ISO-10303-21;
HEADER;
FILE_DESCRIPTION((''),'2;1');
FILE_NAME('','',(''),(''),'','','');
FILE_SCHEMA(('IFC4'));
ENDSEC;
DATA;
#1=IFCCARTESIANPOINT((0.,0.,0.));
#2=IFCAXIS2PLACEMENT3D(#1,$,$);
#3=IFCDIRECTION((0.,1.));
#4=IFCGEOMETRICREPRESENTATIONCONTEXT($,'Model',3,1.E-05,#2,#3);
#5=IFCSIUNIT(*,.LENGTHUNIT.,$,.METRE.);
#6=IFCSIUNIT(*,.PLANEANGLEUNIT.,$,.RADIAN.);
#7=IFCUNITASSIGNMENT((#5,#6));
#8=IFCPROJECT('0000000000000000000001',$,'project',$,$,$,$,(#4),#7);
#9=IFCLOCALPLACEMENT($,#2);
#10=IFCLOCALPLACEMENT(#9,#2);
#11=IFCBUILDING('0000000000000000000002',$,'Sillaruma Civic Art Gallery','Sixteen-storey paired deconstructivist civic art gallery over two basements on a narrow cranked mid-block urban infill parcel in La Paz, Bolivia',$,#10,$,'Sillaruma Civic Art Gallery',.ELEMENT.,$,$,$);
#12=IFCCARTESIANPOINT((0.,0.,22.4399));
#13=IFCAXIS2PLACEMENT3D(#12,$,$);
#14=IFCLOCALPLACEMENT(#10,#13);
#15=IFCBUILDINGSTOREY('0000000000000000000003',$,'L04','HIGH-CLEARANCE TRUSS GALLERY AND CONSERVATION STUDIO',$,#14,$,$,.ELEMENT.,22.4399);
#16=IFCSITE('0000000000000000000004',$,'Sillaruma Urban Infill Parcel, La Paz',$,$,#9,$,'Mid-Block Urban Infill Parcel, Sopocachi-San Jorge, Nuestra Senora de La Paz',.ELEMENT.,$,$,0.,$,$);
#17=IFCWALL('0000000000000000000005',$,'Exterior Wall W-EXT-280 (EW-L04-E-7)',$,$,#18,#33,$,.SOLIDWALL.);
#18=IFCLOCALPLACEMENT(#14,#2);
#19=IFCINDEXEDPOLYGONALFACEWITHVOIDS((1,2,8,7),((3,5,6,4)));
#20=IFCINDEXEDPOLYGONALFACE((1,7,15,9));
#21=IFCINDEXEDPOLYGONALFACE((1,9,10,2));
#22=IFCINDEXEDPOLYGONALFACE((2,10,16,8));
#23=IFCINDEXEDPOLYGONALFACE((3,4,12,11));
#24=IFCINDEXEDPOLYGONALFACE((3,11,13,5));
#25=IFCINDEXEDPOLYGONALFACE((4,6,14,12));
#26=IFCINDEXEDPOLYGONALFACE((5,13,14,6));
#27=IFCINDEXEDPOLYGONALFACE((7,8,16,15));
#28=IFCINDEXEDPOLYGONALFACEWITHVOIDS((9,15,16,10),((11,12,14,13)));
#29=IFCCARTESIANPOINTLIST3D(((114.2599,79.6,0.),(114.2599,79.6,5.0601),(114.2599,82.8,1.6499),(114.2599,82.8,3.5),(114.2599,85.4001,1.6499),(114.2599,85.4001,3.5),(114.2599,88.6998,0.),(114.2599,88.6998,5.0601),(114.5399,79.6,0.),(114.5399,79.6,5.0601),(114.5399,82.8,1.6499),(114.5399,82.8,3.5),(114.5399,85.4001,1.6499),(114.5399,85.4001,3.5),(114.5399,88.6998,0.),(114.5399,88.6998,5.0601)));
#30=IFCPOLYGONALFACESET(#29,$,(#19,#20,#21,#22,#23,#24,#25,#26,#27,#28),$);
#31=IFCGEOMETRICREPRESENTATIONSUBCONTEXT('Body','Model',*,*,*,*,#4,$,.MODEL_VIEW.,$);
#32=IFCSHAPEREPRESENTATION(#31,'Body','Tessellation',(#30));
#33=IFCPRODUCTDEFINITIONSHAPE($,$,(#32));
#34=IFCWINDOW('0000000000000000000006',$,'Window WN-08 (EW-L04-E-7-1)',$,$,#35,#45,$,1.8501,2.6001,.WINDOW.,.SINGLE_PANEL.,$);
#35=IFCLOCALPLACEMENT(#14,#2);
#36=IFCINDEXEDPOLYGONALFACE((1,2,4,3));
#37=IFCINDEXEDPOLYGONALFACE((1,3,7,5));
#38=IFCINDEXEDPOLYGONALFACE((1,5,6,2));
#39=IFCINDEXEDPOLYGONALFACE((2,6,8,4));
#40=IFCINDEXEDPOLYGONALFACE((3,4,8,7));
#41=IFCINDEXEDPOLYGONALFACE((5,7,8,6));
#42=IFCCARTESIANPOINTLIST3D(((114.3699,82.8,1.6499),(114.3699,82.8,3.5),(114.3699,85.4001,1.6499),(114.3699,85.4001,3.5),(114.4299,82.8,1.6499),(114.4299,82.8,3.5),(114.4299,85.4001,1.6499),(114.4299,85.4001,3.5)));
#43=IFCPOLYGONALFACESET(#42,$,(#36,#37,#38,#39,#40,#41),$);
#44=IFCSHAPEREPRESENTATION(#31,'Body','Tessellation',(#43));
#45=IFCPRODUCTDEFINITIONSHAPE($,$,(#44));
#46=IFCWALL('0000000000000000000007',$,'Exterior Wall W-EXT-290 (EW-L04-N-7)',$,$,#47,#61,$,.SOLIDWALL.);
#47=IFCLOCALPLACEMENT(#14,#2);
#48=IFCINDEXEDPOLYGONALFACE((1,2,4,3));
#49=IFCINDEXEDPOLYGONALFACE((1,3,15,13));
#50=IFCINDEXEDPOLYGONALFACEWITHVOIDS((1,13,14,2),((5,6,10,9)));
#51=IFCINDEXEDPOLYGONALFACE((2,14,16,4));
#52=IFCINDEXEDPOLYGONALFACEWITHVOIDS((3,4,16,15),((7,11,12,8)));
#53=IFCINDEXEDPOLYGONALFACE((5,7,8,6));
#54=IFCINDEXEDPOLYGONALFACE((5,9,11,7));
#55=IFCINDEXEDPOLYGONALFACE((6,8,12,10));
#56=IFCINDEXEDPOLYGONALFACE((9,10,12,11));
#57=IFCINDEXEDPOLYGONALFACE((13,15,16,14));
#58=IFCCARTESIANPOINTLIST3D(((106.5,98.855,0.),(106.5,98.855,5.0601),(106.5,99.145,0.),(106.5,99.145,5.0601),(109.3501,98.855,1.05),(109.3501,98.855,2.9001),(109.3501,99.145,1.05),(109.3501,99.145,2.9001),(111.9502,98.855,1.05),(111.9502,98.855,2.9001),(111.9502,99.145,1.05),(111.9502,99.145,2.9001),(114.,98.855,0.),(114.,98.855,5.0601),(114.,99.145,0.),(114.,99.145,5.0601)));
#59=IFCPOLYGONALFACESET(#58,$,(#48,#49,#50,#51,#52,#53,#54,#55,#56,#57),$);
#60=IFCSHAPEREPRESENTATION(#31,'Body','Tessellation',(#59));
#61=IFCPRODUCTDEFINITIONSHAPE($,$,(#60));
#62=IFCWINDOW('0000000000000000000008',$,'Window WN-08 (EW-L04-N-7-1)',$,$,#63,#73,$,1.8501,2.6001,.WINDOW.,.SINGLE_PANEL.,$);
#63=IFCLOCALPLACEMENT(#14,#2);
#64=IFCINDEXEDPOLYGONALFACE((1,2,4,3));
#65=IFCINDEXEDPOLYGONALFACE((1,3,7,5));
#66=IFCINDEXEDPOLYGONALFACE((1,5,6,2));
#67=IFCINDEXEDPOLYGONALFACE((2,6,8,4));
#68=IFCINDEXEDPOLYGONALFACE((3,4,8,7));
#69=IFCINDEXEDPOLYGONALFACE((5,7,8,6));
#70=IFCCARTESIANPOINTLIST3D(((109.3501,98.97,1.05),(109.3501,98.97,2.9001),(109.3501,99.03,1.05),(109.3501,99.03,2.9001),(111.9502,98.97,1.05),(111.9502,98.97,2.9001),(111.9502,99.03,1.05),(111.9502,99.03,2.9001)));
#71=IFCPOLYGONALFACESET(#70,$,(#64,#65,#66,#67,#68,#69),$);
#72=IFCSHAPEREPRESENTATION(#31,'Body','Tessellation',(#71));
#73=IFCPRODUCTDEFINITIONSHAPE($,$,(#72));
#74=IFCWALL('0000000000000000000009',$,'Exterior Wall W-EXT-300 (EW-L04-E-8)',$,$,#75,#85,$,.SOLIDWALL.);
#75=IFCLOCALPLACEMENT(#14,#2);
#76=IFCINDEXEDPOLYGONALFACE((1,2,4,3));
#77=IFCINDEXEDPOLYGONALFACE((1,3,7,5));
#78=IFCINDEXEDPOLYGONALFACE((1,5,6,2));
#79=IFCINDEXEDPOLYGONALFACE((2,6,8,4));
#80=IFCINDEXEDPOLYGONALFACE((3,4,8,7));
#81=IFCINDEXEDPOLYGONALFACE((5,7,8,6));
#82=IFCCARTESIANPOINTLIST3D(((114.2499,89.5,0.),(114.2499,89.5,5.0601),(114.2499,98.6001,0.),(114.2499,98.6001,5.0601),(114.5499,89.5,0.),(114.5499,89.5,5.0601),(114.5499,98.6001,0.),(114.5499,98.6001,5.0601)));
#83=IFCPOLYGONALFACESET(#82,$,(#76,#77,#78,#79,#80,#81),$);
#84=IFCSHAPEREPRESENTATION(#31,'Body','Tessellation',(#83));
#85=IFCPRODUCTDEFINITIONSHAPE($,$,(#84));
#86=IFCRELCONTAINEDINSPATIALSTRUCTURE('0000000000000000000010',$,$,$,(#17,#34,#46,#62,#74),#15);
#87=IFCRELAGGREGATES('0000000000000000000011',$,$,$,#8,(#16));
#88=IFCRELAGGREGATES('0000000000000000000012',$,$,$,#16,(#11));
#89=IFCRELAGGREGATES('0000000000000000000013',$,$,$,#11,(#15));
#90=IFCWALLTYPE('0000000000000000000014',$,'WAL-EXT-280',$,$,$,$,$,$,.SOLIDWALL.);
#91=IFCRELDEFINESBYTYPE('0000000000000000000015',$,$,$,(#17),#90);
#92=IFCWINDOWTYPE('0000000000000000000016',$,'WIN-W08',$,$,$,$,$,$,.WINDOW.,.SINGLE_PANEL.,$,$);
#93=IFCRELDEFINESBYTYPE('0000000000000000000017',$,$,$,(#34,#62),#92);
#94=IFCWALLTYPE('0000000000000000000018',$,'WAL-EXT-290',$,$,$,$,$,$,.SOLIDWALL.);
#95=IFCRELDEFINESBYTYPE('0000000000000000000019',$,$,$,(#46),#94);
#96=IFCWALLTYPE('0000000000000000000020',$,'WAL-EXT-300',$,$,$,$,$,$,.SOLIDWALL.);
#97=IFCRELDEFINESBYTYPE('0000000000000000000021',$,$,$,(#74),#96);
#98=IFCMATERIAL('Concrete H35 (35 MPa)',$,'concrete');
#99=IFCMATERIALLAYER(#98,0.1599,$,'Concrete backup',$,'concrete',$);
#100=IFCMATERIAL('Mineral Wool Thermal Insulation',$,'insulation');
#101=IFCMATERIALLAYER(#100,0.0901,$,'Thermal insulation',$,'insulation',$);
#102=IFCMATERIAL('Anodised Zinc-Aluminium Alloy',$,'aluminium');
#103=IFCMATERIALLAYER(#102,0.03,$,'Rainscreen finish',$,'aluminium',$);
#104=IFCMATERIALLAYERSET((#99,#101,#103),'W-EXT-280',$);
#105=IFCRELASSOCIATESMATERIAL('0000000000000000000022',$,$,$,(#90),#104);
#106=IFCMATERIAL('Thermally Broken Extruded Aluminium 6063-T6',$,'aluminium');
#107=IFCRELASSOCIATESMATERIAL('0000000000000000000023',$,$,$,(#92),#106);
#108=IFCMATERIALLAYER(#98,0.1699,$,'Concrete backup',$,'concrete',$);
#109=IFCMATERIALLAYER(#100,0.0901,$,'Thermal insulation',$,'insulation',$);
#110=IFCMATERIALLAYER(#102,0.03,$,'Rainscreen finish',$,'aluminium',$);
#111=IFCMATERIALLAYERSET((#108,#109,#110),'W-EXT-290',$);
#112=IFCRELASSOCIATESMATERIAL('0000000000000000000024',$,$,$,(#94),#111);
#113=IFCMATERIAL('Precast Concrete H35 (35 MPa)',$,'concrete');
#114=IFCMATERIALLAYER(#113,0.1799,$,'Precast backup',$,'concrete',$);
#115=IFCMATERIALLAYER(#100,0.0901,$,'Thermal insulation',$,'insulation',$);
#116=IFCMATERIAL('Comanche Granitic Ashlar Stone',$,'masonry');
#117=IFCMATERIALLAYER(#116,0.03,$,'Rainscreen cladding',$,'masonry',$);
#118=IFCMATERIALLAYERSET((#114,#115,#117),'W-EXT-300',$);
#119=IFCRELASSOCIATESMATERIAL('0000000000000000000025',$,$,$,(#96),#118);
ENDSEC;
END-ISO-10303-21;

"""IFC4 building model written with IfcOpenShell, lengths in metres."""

from ifc_helpers import new_model, si_unit, direction, frame, frame_2d, origin, place, context, subcontext, project, spatial, rectangle, extrude, material, layer, layer_set, type_object, element, fill, save


model = new_model("IFC4")

# Units and contexts
model_context = context("Model", 3, precision=1e-05, world=origin(), true_north=direction((0.0, 1.0)))
body_context = subcontext(model_context, "Body", "Model", "MODEL_VIEW")
ifc_project = project(units=[si_unit("LENGTHUNIT", "METRE"), si_unit("PLANEANGLEUNIT", "RADIAN")], contexts=[model_context])

# Site, building, storey
site_placement = place(None, origin())
site = spatial("IfcSite", under=ifc_project, at=site_placement, Name="Sillaruma Urban Infill Parcel, La Paz", LongName="Mid-Block Urban Infill Parcel, Sopocachi-San Jorge, Nuestra Senora de La Paz", CompositionType="ELEMENT", RefElevation=0.0)
building_placement = place(site_placement, origin())
building = spatial("IfcBuilding", under=site, at=building_placement, Name="Sillaruma Civic Art Gallery", Description="Sixteen-storey paired deconstructivist civic art gallery over two basements on a narrow cranked mid-block urban infill parcel in La Paz, Bolivia", LongName="Sillaruma Civic Art Gallery", CompositionType="ELEMENT")
storey_placement = place(building_placement, frame((0.0, 0.0, 22.4399)))
storey = spatial("IfcBuildingStorey", under=building, at=storey_placement, Name="L04", Description="HIGH-CLEARANCE TRUSS GALLERY AND CONSERVATION STUDIO", CompositionType="ELEMENT", Elevation=22.4399)

# Shared definitions
ifc_material_1 = material(Name="Concrete H35 (35 MPa)", Category="concrete")

# Shared definitions
ifc_material_2 = material(Name="Thermally Broken Extruded Aluminium 6063-T6", Category="aluminium")

# Shared definitions
ifc_material_3 = material(Name="Anodised Zinc-Aluminium Alloy", Category="aluminium")

# Walls, openings, windows
ifc_layer_1 = layer(ifc_material_1, 0.1599, Name="Concrete backup", Category="concrete")
ifc_material_4 = material(Name="Mineral Wool Thermal Insulation", Category="insulation")
ifc_layer_2 = layer(ifc_material_4, 0.0901, Name="Thermal insulation", Category="insulation")
ifc_layer_3 = layer(ifc_material_3, 0.03, Name="Rainscreen finish", Category="aluminium")
ifc_layer_set_1 = layer_set([ifc_layer_1, ifc_layer_2, ifc_layer_3], Name="W-EXT-280")
wall_type_1 = type_object("IfcWallType", Name="WAL-EXT-280", PredefinedType="SOLIDWALL", material=ifc_layer_set_1)
wall_1_placement = place(storey_placement, frame((114.3999, 79.6001, 0.0), z_axis=(0.0, 0.0, 1.0), x_axis=(0.0, 1.0, 0.0)))
wall_1 = element("IfcWall", 1, at=wall_1_placement, inside=storey, type_object=wall_type_1, Name="Exterior Wall W-EXT-280 (EW-L04-E-7)", PredefinedType="SOLIDWALL", context=body_context, shape_type="SweptSolid", body=[
    extrude(rectangle(XDim=9.0999, YDim=0.28, at=frame_2d((4.5498, 0.0))), origin(), (0.0, 0.0, 1.0), 5.0601),
])
opening_1_placement = place(wall_1_placement, frame((3.2, 0.0, 1.6499)))
opening_1 = element("IfcOpeningElement", 2, at=opening_1_placement, cuts=wall_1, PredefinedType="OPENING", context=body_context, shape_type="SweptSolid", body=[
    extrude(rectangle(XDim=2.6001, YDim=1.8501, at=frame_2d((1.3, 0.925))), frame((0.0, 0.1499, 0.0), z_axis=(0.0, -1.0, 0.0), x_axis=(1.0, 0.0, 0.0)), (0.0, 0.0, 1.0), 0.3),
])
window_type = type_object("IfcWindowType", Name="WIN-W08", PartitioningType="SINGLE_PANEL", PredefinedType="WINDOW", material=ifc_material_2)
window_1_placement = place(opening_1_placement, origin())
window_1 = element("IfcWindow", 3, at=window_1_placement, inside=storey, type_object=window_type, Name="Window WN-08 (EW-L04-E-7-1)", OverallHeight=1.8501, OverallWidth=2.6001, PartitioningType="SINGLE_PANEL", PredefinedType="WINDOW", context=body_context, shape_type="SweptSolid", body=[
    extrude(rectangle(XDim=2.6001, YDim=1.8501, at=frame_2d((1.3, 0.925))), frame((0.0, 0.03, 0.0), z_axis=(0.0, -1.0, 0.0), x_axis=(1.0, 0.0, 0.0)), (0.0, 0.0, 1.0), 0.0601),
])
fill(opening_1, window_1)
ifc_layer_4 = layer(ifc_material_1, 0.1699, Name="Concrete backup", Category="concrete")
ifc_layer_5 = layer(ifc_material_4, 0.0901, Name="Thermal insulation", Category="insulation")
ifc_layer_6 = layer(ifc_material_3, 0.03, Name="Rainscreen finish", Category="aluminium")
ifc_layer_set_2 = layer_set([ifc_layer_4, ifc_layer_5, ifc_layer_6], Name="W-EXT-290")
wall_type_2 = type_object("IfcWallType", Name="WAL-EXT-290", PredefinedType="SOLIDWALL", material=ifc_layer_set_2)
wall_2_placement = place(storey_placement, frame((106.5, 99.0, 0.0), z_axis=(0.0, 0.0, 1.0), x_axis=(1.0, 0.0, 0.0)))
wall_2 = element("IfcWall", 4, at=wall_2_placement, inside=storey, type_object=wall_type_2, Name="Exterior Wall W-EXT-290 (EW-L04-N-7)", PredefinedType="SOLIDWALL", context=body_context, shape_type="SweptSolid", body=[
    extrude(rectangle(XDim=7.5, YDim=0.29, at=frame_2d((3.75, 0.0))), origin(), (0.0, 0.0, 1.0), 5.0601),
])
opening_2_placement = place(wall_2_placement, frame((2.8501, 0.0, 1.05)))
opening_2 = element("IfcOpeningElement", 5, at=opening_2_placement, cuts=wall_2, PredefinedType="OPENING", context=body_context, shape_type="SweptSolid", body=[
    extrude(rectangle(XDim=2.6001, YDim=1.8501, at=frame_2d((1.3, 0.925))), frame((0.0, 0.155, 0.0), z_axis=(0.0, -1.0, 0.0), x_axis=(1.0, 0.0, 0.0)), (0.0, 0.0, 1.0), 0.3101),
])
window_2_placement = place(opening_2_placement, origin())
window_2 = element("IfcWindow", 6, at=window_2_placement, inside=storey, type_object=window_type, Name="Window WN-08 (EW-L04-N-7-1)", OverallHeight=1.8501, OverallWidth=2.6001, PartitioningType="SINGLE_PANEL", PredefinedType="WINDOW", context=body_context, shape_type="SweptSolid", body=[
    extrude(rectangle(XDim=2.6001, YDim=1.8501, at=frame_2d((1.3, 0.925))), frame((0.0, 0.03, 0.0), z_axis=(0.0, -1.0, 0.0), x_axis=(1.0, 0.0, 0.0)), (0.0, 0.0, 1.0), 0.0601),
])
fill(opening_2, window_2)

# Wall
ifc_material_5 = material(Name="Precast Concrete H35 (35 MPa)", Category="concrete")
ifc_layer_7 = layer(ifc_material_5, 0.1799, Name="Precast backup", Category="concrete")
ifc_layer_8 = layer(ifc_material_4, 0.0901, Name="Thermal insulation", Category="insulation")
ifc_material_6 = material(Name="Comanche Granitic Ashlar Stone", Category="masonry")
ifc_layer_9 = layer(ifc_material_6, 0.03, Name="Rainscreen cladding", Category="masonry")
ifc_layer_set_3 = layer_set([ifc_layer_7, ifc_layer_8, ifc_layer_9], Name="W-EXT-300")
wall_type_3 = type_object("IfcWallType", Name="WAL-EXT-300", PredefinedType="SOLIDWALL", material=ifc_layer_set_3)
wall_3_placement = place(storey_placement, frame((114.3999, 89.5, 0.0), z_axis=(0.0, 0.0, 1.0), x_axis=(0.0, 1.0, 0.0)))
element("IfcWall", 7, at=wall_3_placement, inside=storey, type_object=wall_type_3, Name="Exterior Wall W-EXT-300 (EW-L04-E-8)", PredefinedType="SOLIDWALL", context=body_context, shape_type="SweptSolid", body=[
    extrude(rectangle(XDim=9.1001, YDim=0.3, at=frame_2d((4.55, 0.0))), origin(), (0.0, 0.0, 1.0), 5.0601),
])

save(model, "model.ifc")
